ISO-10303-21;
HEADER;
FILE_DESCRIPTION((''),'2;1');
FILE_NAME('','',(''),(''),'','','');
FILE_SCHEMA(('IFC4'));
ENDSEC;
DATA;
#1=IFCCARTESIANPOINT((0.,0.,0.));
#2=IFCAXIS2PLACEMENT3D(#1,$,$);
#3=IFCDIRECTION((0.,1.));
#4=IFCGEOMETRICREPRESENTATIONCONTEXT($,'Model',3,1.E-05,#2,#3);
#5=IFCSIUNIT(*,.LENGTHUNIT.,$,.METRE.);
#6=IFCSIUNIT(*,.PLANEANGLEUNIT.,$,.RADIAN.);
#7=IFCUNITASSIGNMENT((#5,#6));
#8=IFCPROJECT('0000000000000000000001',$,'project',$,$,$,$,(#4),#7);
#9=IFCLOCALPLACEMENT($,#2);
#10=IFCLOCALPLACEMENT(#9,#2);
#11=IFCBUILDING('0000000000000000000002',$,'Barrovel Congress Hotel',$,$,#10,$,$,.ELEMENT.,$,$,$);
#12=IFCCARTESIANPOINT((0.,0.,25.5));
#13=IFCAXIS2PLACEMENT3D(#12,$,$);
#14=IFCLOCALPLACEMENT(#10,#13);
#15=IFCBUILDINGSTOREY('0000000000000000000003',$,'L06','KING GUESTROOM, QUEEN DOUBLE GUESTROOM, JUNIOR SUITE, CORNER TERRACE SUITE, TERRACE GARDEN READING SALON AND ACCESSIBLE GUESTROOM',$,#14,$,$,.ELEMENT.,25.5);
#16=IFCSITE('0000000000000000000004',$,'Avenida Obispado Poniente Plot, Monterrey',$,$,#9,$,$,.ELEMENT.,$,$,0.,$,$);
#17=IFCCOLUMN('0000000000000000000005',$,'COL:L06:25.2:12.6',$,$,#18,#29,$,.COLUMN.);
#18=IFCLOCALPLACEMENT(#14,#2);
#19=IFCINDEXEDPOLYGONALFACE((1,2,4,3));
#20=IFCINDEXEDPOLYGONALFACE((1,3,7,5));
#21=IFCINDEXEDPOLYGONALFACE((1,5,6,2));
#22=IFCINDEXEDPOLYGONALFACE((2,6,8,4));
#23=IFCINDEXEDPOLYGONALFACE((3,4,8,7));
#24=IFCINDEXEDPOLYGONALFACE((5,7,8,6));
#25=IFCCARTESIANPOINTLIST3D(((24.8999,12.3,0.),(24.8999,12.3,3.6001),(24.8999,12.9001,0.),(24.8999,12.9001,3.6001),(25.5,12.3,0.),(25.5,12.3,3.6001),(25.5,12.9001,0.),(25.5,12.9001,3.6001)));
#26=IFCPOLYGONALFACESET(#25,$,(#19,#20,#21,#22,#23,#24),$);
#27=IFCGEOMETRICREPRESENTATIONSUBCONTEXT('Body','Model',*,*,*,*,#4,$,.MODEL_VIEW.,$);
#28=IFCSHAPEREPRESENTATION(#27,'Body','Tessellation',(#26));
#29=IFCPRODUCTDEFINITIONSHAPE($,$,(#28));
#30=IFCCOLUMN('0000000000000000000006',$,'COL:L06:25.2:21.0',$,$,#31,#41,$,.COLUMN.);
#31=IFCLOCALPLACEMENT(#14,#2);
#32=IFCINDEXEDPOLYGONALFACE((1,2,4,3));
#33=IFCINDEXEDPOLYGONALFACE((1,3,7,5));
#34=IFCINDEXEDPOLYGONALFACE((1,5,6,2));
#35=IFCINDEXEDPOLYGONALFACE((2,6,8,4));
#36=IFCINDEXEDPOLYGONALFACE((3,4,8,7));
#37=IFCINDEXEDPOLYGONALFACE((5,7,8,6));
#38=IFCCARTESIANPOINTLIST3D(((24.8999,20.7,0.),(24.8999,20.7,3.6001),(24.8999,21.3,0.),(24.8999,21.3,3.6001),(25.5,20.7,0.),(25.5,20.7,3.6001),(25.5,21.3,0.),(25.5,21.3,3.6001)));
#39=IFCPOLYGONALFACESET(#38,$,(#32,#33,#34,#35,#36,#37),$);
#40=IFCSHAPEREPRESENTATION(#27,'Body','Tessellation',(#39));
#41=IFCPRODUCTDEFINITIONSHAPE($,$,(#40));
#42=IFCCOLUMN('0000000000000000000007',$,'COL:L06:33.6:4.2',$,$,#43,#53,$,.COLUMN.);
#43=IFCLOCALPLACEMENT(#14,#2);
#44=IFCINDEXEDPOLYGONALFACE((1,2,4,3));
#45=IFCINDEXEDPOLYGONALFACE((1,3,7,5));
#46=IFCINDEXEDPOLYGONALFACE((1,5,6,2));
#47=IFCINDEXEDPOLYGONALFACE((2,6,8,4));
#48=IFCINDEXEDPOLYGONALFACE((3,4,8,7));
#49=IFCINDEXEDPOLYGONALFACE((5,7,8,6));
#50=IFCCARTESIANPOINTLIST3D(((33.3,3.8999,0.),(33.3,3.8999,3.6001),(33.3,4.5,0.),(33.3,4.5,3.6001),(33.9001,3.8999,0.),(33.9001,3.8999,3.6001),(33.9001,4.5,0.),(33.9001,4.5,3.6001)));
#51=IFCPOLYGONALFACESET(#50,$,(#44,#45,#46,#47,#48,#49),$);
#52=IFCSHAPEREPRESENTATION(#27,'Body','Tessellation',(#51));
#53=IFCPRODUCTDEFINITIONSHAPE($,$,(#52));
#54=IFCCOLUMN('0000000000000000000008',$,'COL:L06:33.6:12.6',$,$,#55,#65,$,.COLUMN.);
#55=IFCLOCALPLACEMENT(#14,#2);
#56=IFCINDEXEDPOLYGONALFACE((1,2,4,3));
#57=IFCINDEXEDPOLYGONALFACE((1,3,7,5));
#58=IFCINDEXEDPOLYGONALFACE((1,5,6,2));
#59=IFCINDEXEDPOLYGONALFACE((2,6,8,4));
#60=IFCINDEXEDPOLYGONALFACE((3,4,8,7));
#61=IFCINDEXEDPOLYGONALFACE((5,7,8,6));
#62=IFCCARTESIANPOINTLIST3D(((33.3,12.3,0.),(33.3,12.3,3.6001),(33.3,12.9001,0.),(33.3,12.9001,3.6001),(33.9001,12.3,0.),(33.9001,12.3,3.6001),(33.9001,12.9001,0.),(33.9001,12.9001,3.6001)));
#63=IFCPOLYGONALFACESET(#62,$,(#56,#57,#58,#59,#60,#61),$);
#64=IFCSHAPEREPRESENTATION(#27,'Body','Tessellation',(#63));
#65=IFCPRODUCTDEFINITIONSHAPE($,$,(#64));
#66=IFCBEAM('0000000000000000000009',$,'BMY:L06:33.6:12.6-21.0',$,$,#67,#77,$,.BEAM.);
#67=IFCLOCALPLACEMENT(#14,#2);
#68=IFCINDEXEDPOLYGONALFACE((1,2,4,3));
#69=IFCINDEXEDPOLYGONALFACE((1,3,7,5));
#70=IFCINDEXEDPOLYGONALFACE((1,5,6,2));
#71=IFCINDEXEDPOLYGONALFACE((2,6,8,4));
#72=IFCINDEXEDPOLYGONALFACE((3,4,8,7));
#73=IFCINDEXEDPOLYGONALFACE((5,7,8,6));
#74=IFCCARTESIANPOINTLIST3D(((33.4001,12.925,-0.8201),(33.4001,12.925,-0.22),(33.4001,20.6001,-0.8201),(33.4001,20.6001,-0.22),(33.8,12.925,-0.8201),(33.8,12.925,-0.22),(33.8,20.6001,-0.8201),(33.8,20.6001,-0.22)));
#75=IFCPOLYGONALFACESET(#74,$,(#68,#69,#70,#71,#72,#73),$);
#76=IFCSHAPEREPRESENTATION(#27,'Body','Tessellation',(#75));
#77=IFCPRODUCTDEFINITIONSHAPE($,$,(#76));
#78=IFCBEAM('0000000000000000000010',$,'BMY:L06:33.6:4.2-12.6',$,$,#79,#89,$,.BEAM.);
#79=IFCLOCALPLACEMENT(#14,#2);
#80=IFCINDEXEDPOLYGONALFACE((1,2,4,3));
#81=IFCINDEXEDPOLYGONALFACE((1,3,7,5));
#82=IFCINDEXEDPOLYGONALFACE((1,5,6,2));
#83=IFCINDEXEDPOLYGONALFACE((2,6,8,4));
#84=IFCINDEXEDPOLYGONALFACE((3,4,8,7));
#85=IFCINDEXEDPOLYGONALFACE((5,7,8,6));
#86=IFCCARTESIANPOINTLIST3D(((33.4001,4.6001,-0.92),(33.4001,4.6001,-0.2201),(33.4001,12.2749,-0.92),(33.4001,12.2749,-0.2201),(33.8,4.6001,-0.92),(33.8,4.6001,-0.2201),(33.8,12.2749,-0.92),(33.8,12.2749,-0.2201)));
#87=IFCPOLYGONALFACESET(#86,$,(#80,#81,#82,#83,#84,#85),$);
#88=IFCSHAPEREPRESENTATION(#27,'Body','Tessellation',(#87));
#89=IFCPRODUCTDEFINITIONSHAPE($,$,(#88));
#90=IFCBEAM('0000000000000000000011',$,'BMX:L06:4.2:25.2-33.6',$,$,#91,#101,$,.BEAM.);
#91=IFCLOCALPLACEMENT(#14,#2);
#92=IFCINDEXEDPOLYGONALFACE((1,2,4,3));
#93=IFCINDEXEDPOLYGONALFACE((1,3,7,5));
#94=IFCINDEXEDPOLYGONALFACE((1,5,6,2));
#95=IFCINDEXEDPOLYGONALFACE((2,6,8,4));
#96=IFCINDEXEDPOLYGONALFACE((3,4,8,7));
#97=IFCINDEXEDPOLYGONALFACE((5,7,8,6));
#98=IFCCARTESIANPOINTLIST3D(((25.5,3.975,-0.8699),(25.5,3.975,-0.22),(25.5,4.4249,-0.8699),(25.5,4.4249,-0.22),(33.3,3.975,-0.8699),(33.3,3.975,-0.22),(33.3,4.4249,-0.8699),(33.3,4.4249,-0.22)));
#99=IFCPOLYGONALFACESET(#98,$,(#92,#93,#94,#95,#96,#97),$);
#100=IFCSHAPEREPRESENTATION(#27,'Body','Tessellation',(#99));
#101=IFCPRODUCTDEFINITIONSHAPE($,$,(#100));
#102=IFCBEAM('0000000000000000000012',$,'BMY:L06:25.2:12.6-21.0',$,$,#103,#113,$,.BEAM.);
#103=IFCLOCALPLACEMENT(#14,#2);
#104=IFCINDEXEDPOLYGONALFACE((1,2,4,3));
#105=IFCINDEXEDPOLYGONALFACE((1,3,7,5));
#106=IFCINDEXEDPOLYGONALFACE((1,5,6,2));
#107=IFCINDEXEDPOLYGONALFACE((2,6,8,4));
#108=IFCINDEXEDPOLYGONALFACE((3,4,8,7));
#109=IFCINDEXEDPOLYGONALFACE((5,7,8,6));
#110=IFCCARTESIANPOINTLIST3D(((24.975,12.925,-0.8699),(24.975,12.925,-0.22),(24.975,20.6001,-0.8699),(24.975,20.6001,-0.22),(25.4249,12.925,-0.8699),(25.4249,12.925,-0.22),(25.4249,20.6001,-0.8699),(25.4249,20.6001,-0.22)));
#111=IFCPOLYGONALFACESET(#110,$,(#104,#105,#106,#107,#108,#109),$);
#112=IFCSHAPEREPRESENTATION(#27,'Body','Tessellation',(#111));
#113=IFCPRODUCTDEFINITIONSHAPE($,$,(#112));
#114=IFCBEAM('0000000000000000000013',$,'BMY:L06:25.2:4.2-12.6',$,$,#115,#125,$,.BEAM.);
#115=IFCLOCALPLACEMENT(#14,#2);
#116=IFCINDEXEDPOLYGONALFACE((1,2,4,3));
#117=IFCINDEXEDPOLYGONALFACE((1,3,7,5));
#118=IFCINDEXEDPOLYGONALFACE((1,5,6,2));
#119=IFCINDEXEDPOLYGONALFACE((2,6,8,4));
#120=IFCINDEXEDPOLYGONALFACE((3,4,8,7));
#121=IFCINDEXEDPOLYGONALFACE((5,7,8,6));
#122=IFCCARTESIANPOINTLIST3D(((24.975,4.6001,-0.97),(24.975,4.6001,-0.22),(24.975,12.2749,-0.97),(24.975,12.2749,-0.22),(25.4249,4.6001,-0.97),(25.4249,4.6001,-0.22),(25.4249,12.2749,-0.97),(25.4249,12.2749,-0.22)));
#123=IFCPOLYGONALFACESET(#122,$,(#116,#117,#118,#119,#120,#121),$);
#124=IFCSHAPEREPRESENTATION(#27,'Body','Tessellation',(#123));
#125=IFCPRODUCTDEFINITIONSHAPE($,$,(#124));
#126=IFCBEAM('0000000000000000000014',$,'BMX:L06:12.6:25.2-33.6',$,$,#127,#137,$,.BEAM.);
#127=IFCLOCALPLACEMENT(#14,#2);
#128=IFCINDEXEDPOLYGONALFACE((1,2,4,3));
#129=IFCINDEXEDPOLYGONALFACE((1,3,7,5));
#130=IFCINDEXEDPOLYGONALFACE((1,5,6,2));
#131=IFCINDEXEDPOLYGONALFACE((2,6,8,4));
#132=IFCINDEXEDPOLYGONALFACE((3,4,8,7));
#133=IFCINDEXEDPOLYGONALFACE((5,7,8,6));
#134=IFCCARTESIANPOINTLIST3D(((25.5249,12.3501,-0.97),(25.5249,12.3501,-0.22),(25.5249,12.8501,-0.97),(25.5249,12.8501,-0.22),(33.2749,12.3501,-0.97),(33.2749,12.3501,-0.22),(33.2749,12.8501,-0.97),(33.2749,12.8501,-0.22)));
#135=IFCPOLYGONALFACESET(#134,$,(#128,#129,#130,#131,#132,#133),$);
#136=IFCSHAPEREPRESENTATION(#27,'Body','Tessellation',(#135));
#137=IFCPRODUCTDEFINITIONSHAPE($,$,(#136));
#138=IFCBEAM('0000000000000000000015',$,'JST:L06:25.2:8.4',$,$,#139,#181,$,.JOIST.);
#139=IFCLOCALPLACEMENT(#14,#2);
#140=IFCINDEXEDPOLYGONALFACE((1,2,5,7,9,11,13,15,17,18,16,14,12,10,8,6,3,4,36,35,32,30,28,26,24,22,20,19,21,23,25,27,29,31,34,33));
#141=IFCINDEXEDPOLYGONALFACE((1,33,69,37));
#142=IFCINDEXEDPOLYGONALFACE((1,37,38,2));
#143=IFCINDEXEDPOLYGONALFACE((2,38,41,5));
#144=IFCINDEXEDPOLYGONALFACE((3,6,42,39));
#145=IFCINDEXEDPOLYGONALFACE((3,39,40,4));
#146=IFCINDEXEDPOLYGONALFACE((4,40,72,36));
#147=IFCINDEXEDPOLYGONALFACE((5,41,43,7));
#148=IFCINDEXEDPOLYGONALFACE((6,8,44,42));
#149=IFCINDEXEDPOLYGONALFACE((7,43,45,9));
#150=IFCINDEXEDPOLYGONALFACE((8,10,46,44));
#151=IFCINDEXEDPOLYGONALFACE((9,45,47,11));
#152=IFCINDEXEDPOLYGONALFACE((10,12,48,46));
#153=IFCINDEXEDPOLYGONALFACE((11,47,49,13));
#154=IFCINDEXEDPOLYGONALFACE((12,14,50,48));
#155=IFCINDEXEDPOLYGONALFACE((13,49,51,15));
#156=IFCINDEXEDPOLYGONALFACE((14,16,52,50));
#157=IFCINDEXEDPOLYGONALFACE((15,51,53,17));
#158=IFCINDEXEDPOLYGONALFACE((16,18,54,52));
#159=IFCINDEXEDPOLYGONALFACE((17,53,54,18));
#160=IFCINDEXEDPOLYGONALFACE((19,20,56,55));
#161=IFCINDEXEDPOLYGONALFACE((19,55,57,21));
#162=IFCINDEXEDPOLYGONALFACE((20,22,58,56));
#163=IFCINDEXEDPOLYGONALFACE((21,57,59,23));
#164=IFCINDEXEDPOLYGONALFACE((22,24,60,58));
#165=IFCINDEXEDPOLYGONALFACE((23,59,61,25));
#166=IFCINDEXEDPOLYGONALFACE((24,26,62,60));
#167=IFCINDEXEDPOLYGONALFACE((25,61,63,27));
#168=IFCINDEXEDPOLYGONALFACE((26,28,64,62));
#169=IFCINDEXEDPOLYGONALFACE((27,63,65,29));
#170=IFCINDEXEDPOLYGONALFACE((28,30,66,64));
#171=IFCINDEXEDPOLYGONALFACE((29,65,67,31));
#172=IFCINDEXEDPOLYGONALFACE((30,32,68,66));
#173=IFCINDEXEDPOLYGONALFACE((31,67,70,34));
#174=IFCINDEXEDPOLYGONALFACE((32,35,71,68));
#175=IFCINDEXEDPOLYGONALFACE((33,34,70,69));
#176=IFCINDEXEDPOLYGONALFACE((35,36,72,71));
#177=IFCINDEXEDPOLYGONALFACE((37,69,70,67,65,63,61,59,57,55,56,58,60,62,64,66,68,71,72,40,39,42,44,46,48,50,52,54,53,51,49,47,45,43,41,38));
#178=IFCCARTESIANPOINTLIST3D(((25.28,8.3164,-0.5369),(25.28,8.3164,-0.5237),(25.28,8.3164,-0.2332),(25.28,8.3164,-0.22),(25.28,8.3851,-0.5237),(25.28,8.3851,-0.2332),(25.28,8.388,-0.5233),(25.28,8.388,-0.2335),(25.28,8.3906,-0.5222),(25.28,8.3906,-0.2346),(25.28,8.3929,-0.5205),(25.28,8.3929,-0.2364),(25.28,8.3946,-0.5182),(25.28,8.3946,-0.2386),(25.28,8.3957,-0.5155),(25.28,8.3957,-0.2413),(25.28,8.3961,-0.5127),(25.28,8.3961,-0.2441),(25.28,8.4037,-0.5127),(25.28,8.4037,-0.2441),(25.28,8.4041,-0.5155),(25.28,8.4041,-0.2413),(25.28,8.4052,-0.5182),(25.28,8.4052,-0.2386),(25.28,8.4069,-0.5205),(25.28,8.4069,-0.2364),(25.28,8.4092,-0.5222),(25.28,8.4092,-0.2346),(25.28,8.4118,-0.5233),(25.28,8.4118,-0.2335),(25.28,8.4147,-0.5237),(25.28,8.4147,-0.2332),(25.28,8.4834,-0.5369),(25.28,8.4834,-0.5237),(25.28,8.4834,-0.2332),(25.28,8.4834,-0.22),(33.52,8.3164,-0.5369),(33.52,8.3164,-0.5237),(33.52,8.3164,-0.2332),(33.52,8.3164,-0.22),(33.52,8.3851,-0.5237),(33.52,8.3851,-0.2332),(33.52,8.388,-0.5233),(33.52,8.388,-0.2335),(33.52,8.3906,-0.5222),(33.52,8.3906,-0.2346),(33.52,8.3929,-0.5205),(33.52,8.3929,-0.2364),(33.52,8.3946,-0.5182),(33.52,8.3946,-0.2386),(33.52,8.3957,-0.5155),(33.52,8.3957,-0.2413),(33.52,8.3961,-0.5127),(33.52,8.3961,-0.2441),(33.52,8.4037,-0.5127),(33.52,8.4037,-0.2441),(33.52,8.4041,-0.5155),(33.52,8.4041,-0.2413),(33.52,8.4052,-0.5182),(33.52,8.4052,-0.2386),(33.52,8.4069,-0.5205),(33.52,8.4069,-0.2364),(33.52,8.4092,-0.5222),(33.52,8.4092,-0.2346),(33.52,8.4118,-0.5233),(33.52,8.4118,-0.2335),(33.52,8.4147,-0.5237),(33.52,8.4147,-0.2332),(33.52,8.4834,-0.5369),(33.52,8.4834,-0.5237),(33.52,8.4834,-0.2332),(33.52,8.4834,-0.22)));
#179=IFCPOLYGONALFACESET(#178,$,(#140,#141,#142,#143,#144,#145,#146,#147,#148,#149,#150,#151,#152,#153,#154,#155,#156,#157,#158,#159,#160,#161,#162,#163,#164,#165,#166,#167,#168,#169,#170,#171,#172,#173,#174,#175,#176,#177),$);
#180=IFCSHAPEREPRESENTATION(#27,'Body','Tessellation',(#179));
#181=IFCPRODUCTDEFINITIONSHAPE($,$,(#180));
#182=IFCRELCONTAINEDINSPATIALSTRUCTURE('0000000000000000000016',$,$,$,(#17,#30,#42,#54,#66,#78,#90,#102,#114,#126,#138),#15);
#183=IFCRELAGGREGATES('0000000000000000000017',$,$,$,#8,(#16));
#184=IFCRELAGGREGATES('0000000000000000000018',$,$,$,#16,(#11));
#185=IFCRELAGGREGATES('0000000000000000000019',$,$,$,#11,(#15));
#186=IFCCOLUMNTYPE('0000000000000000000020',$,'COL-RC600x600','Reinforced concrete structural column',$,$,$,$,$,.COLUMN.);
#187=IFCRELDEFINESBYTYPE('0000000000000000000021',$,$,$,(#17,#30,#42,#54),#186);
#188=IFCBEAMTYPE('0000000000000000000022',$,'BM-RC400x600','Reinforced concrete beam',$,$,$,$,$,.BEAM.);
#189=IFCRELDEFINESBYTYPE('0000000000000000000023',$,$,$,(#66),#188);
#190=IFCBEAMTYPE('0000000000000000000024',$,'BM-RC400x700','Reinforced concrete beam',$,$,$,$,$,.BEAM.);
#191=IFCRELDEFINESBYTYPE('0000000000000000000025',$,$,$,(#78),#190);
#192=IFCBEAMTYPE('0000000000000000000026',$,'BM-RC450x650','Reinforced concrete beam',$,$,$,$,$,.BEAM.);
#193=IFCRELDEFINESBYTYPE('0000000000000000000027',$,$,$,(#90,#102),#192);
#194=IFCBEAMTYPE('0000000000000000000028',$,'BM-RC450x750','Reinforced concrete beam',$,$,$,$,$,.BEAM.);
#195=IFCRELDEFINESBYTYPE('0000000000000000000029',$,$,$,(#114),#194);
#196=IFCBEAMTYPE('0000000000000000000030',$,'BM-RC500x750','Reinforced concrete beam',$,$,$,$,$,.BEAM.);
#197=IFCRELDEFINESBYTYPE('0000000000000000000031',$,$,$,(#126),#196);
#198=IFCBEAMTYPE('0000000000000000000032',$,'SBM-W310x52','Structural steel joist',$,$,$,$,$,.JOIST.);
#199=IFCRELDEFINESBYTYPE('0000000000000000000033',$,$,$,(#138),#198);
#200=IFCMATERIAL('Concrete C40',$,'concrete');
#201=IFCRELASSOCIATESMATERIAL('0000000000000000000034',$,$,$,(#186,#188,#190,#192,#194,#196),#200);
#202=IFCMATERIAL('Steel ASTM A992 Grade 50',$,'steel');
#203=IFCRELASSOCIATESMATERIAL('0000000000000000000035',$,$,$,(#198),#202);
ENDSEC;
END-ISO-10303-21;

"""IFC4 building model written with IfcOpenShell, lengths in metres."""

from ifc_helpers import new_model, si_unit, direction, frame, origin, origin_2d, place, context, subcontext, project, spatial, rectangle, i_section, extrude, material, material_profile, profile_set, type_object, element, save


model = new_model("IFC4")

# Units and contexts
model_context = context("Model", 3, precision=1e-05, world=origin(), true_north=direction((0.0, 1.0)))
body_context = subcontext(model_context, "Body", "Model", "MODEL_VIEW")
ifc_project = project(units=[si_unit("LENGTHUNIT", "METRE"), si_unit("PLANEANGLEUNIT", "RADIAN")], contexts=[model_context])

# Site, building, storey
site_placement = place(None, origin())
site = spatial("IfcSite", under=ifc_project, at=site_placement, Name="Avenida Obispado Poniente Plot, Monterrey", CompositionType="ELEMENT", RefElevation=0.0)
building_placement = place(site_placement, origin())
building = spatial("IfcBuilding", under=site, at=building_placement, Name="Barrovel Congress Hotel", CompositionType="ELEMENT")
storey_placement = place(building_placement, frame((0.0, 0.0, 25.5)))
storey = spatial("IfcBuildingStorey", under=building, at=storey_placement, Name="L06", Description="KING GUESTROOM, QUEEN DOUBLE GUESTROOM, JUNIOR SUITE, CORNER TERRACE SUITE, TERRACE GARDEN READING SALON AND ACCESSIBLE GUESTROOM", CompositionType="ELEMENT", Elevation=25.5)

# Columns
ifc_material_1 = material(Name="Concrete C40", Category="concrete")
ifc_material_profile_1 = material_profile(ifc_material_1, rectangle(XDim=0.6001, YDim=0.6001, at=origin_2d()), Name="RC600x600")
ifc_profile_set_1 = profile_set([ifc_material_profile_1], Name="Concrete C40")
column_type = type_object("IfcColumnType", Name="COL-RC600x600", Description="Reinforced concrete structural column", PredefinedType="COLUMN", material=ifc_profile_set_1)
for number, where, z_axis, x_axis, name in (
    (1, (25.2, 12.6001, 0.0), (0.0, 0.0, 1.0), (1.0, 0.0, 0.0), "COL:L06:25.2:12.6"),
    (2, (25.2, 21.0, 0.0), (0.0, 0.0, 1.0), (1.0, 0.0, 0.0), "COL:L06:25.2:21.0"),
    (3, (33.6001, 4.2, 0.0), (0.0, 0.0, 1.0), (1.0, 0.0, 0.0), "COL:L06:33.6:4.2"),
    (4, (33.6001, 12.6001, 0.0), (0.0, 0.0, 1.0), (1.0, 0.0, 0.0), "COL:L06:33.6:12.6"),
):
    element("IfcColumn", number, at=place(storey_placement, frame(where, z_axis=z_axis, x_axis=x_axis)), inside=storey, type_object=column_type, Name=name, PredefinedType="COLUMN", context=body_context, shape_type="SweptSolid", body=[
        extrude(rectangle(XDim=0.6001, YDim=0.6001, at=origin_2d()), origin(), (0.0, 0.0, 1.0), 3.6001),
    ])

# Beams
ifc_material_profile_2 = material_profile(ifc_material_1, rectangle(XDim=0.3999, YDim=0.6001, at=origin_2d()), Name="RC400x600")
ifc_profile_set_2 = profile_set([ifc_material_profile_2], Name="Concrete C40")
beam_type_1 = type_object("IfcBeamType", Name="BM-RC400x600", Description="Reinforced concrete beam", PredefinedType="BEAM", material=ifc_profile_set_2)
beam_1_placement = place(storey_placement, frame((33.6001, 12.925, -0.52), z_axis=(0.0, 1.0, 0.0), x_axis=(-1.0, 0.0, 0.0)))
element("IfcBeam", 5, at=beam_1_placement, inside=storey, type_object=beam_type_1, Name="BMY:L06:33.6:12.6-21.0", PredefinedType="BEAM", context=body_context, shape_type="SweptSolid", body=[
    extrude(rectangle(XDim=0.3999, YDim=0.6001, at=origin_2d()), origin(), (0.0, 0.0, 1.0), 7.675),
])
ifc_material_profile_3 = material_profile(ifc_material_1, rectangle(XDim=0.3999, YDim=0.7, at=origin_2d()), Name="RC400x700")
ifc_profile_set_3 = profile_set([ifc_material_profile_3], Name="Concrete C40")
beam_type_2 = type_object("IfcBeamType", Name="BM-RC400x700", Description="Reinforced concrete beam", PredefinedType="BEAM", material=ifc_profile_set_3)
beam_2_placement = place(storey_placement, frame((33.6001, 4.6001, -0.5701), z_axis=(0.0, 1.0, 0.0), x_axis=(-1.0, 0.0, 0.0)))
element("IfcBeam", 6, at=beam_2_placement, inside=storey, type_object=beam_type_2, Name="BMY:L06:33.6:4.2-12.6", PredefinedType="BEAM", context=body_context, shape_type="SweptSolid", body=[
    extrude(rectangle(XDim=0.3999, YDim=0.7, at=origin_2d()), origin(), (0.0, 0.0, 1.0), 7.6748),
])
ifc_material_profile_4 = material_profile(ifc_material_1, rectangle(XDim=0.45, YDim=0.6499, at=origin_2d()), Name="RC450x650")
ifc_profile_set_4 = profile_set([ifc_material_profile_4], Name="Concrete C40")
beam_type_3 = type_object("IfcBeamType", Name="BM-RC450x650", Description="Reinforced concrete beam", PredefinedType="BEAM", material=ifc_profile_set_4)
beam_3_placement = place(storey_placement, frame((25.5, 4.2, -0.5449), z_axis=(1.0, 0.0, 0.0), x_axis=(0.0, 1.0, 0.0)))
element("IfcBeam", 7, at=beam_3_placement, inside=storey, type_object=beam_type_3, Name="BMX:L06:4.2:25.2-33.6", PredefinedType="BEAM", context=body_context, shape_type="SweptSolid", body=[
    extrude(rectangle(XDim=0.45, YDim=0.6499, at=origin_2d()), origin(), (0.0, 0.0, 1.0), 7.8),
])
beam_4_placement = place(storey_placement, frame((25.2, 12.925, -0.5449), z_axis=(0.0, 1.0, 0.0), x_axis=(-1.0, 0.0, 0.0)))
element("IfcBeam", 8, at=beam_4_placement, inside=storey, type_object=beam_type_3, Name="BMY:L06:25.2:12.6-21.0", PredefinedType="BEAM", context=body_context, shape_type="SweptSolid", body=[
    extrude(rectangle(XDim=0.45, YDim=0.6499, at=origin_2d()), origin(), (0.0, 0.0, 1.0), 7.675),
])
ifc_material_profile_5 = material_profile(ifc_material_1, rectangle(XDim=0.45, YDim=0.75, at=origin_2d()), Name="RC450x750")
ifc_profile_set_5 = profile_set([ifc_material_profile_5], Name="Concrete C40")
beam_type_4 = type_object("IfcBeamType", Name="BM-RC450x750", Description="Reinforced concrete beam", PredefinedType="BEAM", material=ifc_profile_set_5)
beam_5_placement = place(storey_placement, frame((25.2, 4.6001, -0.595), z_axis=(0.0, 1.0, 0.0), x_axis=(-1.0, 0.0, 0.0)))
element("IfcBeam", 9, at=beam_5_placement, inside=storey, type_object=beam_type_4, Name="BMY:L06:25.2:4.2-12.6", PredefinedType="BEAM", context=body_context, shape_type="SweptSolid", body=[
    extrude(rectangle(XDim=0.45, YDim=0.75, at=origin_2d()), origin(), (0.0, 0.0, 1.0), 7.6748),
])
ifc_material_profile_6 = material_profile(ifc_material_1, rectangle(XDim=0.5, YDim=0.75, at=origin_2d()), Name="RC500x750")
ifc_profile_set_6 = profile_set([ifc_material_profile_6], Name="Concrete C40")
beam_type_5 = type_object("IfcBeamType", Name="BM-RC500x750", Description="Reinforced concrete beam", PredefinedType="BEAM", material=ifc_profile_set_6)
beam_6_placement = place(storey_placement, frame((25.5249, 12.6001, -0.595), z_axis=(1.0, 0.0, 0.0), x_axis=(0.0, 1.0, 0.0)))
element("IfcBeam", 10, at=beam_6_placement, inside=storey, type_object=beam_type_5, Name="BMX:L06:12.6:25.2-33.6", PredefinedType="BEAM", context=body_context, shape_type="SweptSolid", body=[
    extrude(rectangle(XDim=0.5, YDim=0.75, at=origin_2d()), origin(), (0.0, 0.0, 1.0), 7.75),
])
ifc_material_2 = material(Name="Steel ASTM A992 Grade 50", Category="steel")
ifc_material_profile_7 = material_profile(ifc_material_2, i_section(OverallWidth=0.167, OverallDepth=0.3169, WebThickness=0.0076, FlangeThickness=0.0132, FilletRadius=0.011, at=origin_2d()), Name="W310x52")
ifc_profile_set_7 = profile_set([ifc_material_profile_7], Name="Steel ASTM A992 Grade 50")
beam_type_6 = type_object("IfcBeamType", Name="SBM-W310x52", Description="Structural steel joist", PredefinedType="JOIST", material=ifc_profile_set_7)
beam_7_placement = place(storey_placement, frame((25.28, 8.3999, -0.3784), z_axis=(1.0, 0.0, 0.0), x_axis=(0.0, 1.0, 0.0)))
element("IfcBeam", 11, at=beam_7_placement, inside=storey, type_object=beam_type_6, Name="JST:L06:25.2:8.4", PredefinedType="JOIST", context=body_context, shape_type="SweptSolid", body=[
    extrude(i_section(OverallWidth=0.167, OverallDepth=0.3169, WebThickness=0.0076, FlangeThickness=0.0132, FilletRadius=0.011, at=origin_2d()), origin(), (0.0, 0.0, 1.0), 8.24),
])

save(model, "model.ifc")
